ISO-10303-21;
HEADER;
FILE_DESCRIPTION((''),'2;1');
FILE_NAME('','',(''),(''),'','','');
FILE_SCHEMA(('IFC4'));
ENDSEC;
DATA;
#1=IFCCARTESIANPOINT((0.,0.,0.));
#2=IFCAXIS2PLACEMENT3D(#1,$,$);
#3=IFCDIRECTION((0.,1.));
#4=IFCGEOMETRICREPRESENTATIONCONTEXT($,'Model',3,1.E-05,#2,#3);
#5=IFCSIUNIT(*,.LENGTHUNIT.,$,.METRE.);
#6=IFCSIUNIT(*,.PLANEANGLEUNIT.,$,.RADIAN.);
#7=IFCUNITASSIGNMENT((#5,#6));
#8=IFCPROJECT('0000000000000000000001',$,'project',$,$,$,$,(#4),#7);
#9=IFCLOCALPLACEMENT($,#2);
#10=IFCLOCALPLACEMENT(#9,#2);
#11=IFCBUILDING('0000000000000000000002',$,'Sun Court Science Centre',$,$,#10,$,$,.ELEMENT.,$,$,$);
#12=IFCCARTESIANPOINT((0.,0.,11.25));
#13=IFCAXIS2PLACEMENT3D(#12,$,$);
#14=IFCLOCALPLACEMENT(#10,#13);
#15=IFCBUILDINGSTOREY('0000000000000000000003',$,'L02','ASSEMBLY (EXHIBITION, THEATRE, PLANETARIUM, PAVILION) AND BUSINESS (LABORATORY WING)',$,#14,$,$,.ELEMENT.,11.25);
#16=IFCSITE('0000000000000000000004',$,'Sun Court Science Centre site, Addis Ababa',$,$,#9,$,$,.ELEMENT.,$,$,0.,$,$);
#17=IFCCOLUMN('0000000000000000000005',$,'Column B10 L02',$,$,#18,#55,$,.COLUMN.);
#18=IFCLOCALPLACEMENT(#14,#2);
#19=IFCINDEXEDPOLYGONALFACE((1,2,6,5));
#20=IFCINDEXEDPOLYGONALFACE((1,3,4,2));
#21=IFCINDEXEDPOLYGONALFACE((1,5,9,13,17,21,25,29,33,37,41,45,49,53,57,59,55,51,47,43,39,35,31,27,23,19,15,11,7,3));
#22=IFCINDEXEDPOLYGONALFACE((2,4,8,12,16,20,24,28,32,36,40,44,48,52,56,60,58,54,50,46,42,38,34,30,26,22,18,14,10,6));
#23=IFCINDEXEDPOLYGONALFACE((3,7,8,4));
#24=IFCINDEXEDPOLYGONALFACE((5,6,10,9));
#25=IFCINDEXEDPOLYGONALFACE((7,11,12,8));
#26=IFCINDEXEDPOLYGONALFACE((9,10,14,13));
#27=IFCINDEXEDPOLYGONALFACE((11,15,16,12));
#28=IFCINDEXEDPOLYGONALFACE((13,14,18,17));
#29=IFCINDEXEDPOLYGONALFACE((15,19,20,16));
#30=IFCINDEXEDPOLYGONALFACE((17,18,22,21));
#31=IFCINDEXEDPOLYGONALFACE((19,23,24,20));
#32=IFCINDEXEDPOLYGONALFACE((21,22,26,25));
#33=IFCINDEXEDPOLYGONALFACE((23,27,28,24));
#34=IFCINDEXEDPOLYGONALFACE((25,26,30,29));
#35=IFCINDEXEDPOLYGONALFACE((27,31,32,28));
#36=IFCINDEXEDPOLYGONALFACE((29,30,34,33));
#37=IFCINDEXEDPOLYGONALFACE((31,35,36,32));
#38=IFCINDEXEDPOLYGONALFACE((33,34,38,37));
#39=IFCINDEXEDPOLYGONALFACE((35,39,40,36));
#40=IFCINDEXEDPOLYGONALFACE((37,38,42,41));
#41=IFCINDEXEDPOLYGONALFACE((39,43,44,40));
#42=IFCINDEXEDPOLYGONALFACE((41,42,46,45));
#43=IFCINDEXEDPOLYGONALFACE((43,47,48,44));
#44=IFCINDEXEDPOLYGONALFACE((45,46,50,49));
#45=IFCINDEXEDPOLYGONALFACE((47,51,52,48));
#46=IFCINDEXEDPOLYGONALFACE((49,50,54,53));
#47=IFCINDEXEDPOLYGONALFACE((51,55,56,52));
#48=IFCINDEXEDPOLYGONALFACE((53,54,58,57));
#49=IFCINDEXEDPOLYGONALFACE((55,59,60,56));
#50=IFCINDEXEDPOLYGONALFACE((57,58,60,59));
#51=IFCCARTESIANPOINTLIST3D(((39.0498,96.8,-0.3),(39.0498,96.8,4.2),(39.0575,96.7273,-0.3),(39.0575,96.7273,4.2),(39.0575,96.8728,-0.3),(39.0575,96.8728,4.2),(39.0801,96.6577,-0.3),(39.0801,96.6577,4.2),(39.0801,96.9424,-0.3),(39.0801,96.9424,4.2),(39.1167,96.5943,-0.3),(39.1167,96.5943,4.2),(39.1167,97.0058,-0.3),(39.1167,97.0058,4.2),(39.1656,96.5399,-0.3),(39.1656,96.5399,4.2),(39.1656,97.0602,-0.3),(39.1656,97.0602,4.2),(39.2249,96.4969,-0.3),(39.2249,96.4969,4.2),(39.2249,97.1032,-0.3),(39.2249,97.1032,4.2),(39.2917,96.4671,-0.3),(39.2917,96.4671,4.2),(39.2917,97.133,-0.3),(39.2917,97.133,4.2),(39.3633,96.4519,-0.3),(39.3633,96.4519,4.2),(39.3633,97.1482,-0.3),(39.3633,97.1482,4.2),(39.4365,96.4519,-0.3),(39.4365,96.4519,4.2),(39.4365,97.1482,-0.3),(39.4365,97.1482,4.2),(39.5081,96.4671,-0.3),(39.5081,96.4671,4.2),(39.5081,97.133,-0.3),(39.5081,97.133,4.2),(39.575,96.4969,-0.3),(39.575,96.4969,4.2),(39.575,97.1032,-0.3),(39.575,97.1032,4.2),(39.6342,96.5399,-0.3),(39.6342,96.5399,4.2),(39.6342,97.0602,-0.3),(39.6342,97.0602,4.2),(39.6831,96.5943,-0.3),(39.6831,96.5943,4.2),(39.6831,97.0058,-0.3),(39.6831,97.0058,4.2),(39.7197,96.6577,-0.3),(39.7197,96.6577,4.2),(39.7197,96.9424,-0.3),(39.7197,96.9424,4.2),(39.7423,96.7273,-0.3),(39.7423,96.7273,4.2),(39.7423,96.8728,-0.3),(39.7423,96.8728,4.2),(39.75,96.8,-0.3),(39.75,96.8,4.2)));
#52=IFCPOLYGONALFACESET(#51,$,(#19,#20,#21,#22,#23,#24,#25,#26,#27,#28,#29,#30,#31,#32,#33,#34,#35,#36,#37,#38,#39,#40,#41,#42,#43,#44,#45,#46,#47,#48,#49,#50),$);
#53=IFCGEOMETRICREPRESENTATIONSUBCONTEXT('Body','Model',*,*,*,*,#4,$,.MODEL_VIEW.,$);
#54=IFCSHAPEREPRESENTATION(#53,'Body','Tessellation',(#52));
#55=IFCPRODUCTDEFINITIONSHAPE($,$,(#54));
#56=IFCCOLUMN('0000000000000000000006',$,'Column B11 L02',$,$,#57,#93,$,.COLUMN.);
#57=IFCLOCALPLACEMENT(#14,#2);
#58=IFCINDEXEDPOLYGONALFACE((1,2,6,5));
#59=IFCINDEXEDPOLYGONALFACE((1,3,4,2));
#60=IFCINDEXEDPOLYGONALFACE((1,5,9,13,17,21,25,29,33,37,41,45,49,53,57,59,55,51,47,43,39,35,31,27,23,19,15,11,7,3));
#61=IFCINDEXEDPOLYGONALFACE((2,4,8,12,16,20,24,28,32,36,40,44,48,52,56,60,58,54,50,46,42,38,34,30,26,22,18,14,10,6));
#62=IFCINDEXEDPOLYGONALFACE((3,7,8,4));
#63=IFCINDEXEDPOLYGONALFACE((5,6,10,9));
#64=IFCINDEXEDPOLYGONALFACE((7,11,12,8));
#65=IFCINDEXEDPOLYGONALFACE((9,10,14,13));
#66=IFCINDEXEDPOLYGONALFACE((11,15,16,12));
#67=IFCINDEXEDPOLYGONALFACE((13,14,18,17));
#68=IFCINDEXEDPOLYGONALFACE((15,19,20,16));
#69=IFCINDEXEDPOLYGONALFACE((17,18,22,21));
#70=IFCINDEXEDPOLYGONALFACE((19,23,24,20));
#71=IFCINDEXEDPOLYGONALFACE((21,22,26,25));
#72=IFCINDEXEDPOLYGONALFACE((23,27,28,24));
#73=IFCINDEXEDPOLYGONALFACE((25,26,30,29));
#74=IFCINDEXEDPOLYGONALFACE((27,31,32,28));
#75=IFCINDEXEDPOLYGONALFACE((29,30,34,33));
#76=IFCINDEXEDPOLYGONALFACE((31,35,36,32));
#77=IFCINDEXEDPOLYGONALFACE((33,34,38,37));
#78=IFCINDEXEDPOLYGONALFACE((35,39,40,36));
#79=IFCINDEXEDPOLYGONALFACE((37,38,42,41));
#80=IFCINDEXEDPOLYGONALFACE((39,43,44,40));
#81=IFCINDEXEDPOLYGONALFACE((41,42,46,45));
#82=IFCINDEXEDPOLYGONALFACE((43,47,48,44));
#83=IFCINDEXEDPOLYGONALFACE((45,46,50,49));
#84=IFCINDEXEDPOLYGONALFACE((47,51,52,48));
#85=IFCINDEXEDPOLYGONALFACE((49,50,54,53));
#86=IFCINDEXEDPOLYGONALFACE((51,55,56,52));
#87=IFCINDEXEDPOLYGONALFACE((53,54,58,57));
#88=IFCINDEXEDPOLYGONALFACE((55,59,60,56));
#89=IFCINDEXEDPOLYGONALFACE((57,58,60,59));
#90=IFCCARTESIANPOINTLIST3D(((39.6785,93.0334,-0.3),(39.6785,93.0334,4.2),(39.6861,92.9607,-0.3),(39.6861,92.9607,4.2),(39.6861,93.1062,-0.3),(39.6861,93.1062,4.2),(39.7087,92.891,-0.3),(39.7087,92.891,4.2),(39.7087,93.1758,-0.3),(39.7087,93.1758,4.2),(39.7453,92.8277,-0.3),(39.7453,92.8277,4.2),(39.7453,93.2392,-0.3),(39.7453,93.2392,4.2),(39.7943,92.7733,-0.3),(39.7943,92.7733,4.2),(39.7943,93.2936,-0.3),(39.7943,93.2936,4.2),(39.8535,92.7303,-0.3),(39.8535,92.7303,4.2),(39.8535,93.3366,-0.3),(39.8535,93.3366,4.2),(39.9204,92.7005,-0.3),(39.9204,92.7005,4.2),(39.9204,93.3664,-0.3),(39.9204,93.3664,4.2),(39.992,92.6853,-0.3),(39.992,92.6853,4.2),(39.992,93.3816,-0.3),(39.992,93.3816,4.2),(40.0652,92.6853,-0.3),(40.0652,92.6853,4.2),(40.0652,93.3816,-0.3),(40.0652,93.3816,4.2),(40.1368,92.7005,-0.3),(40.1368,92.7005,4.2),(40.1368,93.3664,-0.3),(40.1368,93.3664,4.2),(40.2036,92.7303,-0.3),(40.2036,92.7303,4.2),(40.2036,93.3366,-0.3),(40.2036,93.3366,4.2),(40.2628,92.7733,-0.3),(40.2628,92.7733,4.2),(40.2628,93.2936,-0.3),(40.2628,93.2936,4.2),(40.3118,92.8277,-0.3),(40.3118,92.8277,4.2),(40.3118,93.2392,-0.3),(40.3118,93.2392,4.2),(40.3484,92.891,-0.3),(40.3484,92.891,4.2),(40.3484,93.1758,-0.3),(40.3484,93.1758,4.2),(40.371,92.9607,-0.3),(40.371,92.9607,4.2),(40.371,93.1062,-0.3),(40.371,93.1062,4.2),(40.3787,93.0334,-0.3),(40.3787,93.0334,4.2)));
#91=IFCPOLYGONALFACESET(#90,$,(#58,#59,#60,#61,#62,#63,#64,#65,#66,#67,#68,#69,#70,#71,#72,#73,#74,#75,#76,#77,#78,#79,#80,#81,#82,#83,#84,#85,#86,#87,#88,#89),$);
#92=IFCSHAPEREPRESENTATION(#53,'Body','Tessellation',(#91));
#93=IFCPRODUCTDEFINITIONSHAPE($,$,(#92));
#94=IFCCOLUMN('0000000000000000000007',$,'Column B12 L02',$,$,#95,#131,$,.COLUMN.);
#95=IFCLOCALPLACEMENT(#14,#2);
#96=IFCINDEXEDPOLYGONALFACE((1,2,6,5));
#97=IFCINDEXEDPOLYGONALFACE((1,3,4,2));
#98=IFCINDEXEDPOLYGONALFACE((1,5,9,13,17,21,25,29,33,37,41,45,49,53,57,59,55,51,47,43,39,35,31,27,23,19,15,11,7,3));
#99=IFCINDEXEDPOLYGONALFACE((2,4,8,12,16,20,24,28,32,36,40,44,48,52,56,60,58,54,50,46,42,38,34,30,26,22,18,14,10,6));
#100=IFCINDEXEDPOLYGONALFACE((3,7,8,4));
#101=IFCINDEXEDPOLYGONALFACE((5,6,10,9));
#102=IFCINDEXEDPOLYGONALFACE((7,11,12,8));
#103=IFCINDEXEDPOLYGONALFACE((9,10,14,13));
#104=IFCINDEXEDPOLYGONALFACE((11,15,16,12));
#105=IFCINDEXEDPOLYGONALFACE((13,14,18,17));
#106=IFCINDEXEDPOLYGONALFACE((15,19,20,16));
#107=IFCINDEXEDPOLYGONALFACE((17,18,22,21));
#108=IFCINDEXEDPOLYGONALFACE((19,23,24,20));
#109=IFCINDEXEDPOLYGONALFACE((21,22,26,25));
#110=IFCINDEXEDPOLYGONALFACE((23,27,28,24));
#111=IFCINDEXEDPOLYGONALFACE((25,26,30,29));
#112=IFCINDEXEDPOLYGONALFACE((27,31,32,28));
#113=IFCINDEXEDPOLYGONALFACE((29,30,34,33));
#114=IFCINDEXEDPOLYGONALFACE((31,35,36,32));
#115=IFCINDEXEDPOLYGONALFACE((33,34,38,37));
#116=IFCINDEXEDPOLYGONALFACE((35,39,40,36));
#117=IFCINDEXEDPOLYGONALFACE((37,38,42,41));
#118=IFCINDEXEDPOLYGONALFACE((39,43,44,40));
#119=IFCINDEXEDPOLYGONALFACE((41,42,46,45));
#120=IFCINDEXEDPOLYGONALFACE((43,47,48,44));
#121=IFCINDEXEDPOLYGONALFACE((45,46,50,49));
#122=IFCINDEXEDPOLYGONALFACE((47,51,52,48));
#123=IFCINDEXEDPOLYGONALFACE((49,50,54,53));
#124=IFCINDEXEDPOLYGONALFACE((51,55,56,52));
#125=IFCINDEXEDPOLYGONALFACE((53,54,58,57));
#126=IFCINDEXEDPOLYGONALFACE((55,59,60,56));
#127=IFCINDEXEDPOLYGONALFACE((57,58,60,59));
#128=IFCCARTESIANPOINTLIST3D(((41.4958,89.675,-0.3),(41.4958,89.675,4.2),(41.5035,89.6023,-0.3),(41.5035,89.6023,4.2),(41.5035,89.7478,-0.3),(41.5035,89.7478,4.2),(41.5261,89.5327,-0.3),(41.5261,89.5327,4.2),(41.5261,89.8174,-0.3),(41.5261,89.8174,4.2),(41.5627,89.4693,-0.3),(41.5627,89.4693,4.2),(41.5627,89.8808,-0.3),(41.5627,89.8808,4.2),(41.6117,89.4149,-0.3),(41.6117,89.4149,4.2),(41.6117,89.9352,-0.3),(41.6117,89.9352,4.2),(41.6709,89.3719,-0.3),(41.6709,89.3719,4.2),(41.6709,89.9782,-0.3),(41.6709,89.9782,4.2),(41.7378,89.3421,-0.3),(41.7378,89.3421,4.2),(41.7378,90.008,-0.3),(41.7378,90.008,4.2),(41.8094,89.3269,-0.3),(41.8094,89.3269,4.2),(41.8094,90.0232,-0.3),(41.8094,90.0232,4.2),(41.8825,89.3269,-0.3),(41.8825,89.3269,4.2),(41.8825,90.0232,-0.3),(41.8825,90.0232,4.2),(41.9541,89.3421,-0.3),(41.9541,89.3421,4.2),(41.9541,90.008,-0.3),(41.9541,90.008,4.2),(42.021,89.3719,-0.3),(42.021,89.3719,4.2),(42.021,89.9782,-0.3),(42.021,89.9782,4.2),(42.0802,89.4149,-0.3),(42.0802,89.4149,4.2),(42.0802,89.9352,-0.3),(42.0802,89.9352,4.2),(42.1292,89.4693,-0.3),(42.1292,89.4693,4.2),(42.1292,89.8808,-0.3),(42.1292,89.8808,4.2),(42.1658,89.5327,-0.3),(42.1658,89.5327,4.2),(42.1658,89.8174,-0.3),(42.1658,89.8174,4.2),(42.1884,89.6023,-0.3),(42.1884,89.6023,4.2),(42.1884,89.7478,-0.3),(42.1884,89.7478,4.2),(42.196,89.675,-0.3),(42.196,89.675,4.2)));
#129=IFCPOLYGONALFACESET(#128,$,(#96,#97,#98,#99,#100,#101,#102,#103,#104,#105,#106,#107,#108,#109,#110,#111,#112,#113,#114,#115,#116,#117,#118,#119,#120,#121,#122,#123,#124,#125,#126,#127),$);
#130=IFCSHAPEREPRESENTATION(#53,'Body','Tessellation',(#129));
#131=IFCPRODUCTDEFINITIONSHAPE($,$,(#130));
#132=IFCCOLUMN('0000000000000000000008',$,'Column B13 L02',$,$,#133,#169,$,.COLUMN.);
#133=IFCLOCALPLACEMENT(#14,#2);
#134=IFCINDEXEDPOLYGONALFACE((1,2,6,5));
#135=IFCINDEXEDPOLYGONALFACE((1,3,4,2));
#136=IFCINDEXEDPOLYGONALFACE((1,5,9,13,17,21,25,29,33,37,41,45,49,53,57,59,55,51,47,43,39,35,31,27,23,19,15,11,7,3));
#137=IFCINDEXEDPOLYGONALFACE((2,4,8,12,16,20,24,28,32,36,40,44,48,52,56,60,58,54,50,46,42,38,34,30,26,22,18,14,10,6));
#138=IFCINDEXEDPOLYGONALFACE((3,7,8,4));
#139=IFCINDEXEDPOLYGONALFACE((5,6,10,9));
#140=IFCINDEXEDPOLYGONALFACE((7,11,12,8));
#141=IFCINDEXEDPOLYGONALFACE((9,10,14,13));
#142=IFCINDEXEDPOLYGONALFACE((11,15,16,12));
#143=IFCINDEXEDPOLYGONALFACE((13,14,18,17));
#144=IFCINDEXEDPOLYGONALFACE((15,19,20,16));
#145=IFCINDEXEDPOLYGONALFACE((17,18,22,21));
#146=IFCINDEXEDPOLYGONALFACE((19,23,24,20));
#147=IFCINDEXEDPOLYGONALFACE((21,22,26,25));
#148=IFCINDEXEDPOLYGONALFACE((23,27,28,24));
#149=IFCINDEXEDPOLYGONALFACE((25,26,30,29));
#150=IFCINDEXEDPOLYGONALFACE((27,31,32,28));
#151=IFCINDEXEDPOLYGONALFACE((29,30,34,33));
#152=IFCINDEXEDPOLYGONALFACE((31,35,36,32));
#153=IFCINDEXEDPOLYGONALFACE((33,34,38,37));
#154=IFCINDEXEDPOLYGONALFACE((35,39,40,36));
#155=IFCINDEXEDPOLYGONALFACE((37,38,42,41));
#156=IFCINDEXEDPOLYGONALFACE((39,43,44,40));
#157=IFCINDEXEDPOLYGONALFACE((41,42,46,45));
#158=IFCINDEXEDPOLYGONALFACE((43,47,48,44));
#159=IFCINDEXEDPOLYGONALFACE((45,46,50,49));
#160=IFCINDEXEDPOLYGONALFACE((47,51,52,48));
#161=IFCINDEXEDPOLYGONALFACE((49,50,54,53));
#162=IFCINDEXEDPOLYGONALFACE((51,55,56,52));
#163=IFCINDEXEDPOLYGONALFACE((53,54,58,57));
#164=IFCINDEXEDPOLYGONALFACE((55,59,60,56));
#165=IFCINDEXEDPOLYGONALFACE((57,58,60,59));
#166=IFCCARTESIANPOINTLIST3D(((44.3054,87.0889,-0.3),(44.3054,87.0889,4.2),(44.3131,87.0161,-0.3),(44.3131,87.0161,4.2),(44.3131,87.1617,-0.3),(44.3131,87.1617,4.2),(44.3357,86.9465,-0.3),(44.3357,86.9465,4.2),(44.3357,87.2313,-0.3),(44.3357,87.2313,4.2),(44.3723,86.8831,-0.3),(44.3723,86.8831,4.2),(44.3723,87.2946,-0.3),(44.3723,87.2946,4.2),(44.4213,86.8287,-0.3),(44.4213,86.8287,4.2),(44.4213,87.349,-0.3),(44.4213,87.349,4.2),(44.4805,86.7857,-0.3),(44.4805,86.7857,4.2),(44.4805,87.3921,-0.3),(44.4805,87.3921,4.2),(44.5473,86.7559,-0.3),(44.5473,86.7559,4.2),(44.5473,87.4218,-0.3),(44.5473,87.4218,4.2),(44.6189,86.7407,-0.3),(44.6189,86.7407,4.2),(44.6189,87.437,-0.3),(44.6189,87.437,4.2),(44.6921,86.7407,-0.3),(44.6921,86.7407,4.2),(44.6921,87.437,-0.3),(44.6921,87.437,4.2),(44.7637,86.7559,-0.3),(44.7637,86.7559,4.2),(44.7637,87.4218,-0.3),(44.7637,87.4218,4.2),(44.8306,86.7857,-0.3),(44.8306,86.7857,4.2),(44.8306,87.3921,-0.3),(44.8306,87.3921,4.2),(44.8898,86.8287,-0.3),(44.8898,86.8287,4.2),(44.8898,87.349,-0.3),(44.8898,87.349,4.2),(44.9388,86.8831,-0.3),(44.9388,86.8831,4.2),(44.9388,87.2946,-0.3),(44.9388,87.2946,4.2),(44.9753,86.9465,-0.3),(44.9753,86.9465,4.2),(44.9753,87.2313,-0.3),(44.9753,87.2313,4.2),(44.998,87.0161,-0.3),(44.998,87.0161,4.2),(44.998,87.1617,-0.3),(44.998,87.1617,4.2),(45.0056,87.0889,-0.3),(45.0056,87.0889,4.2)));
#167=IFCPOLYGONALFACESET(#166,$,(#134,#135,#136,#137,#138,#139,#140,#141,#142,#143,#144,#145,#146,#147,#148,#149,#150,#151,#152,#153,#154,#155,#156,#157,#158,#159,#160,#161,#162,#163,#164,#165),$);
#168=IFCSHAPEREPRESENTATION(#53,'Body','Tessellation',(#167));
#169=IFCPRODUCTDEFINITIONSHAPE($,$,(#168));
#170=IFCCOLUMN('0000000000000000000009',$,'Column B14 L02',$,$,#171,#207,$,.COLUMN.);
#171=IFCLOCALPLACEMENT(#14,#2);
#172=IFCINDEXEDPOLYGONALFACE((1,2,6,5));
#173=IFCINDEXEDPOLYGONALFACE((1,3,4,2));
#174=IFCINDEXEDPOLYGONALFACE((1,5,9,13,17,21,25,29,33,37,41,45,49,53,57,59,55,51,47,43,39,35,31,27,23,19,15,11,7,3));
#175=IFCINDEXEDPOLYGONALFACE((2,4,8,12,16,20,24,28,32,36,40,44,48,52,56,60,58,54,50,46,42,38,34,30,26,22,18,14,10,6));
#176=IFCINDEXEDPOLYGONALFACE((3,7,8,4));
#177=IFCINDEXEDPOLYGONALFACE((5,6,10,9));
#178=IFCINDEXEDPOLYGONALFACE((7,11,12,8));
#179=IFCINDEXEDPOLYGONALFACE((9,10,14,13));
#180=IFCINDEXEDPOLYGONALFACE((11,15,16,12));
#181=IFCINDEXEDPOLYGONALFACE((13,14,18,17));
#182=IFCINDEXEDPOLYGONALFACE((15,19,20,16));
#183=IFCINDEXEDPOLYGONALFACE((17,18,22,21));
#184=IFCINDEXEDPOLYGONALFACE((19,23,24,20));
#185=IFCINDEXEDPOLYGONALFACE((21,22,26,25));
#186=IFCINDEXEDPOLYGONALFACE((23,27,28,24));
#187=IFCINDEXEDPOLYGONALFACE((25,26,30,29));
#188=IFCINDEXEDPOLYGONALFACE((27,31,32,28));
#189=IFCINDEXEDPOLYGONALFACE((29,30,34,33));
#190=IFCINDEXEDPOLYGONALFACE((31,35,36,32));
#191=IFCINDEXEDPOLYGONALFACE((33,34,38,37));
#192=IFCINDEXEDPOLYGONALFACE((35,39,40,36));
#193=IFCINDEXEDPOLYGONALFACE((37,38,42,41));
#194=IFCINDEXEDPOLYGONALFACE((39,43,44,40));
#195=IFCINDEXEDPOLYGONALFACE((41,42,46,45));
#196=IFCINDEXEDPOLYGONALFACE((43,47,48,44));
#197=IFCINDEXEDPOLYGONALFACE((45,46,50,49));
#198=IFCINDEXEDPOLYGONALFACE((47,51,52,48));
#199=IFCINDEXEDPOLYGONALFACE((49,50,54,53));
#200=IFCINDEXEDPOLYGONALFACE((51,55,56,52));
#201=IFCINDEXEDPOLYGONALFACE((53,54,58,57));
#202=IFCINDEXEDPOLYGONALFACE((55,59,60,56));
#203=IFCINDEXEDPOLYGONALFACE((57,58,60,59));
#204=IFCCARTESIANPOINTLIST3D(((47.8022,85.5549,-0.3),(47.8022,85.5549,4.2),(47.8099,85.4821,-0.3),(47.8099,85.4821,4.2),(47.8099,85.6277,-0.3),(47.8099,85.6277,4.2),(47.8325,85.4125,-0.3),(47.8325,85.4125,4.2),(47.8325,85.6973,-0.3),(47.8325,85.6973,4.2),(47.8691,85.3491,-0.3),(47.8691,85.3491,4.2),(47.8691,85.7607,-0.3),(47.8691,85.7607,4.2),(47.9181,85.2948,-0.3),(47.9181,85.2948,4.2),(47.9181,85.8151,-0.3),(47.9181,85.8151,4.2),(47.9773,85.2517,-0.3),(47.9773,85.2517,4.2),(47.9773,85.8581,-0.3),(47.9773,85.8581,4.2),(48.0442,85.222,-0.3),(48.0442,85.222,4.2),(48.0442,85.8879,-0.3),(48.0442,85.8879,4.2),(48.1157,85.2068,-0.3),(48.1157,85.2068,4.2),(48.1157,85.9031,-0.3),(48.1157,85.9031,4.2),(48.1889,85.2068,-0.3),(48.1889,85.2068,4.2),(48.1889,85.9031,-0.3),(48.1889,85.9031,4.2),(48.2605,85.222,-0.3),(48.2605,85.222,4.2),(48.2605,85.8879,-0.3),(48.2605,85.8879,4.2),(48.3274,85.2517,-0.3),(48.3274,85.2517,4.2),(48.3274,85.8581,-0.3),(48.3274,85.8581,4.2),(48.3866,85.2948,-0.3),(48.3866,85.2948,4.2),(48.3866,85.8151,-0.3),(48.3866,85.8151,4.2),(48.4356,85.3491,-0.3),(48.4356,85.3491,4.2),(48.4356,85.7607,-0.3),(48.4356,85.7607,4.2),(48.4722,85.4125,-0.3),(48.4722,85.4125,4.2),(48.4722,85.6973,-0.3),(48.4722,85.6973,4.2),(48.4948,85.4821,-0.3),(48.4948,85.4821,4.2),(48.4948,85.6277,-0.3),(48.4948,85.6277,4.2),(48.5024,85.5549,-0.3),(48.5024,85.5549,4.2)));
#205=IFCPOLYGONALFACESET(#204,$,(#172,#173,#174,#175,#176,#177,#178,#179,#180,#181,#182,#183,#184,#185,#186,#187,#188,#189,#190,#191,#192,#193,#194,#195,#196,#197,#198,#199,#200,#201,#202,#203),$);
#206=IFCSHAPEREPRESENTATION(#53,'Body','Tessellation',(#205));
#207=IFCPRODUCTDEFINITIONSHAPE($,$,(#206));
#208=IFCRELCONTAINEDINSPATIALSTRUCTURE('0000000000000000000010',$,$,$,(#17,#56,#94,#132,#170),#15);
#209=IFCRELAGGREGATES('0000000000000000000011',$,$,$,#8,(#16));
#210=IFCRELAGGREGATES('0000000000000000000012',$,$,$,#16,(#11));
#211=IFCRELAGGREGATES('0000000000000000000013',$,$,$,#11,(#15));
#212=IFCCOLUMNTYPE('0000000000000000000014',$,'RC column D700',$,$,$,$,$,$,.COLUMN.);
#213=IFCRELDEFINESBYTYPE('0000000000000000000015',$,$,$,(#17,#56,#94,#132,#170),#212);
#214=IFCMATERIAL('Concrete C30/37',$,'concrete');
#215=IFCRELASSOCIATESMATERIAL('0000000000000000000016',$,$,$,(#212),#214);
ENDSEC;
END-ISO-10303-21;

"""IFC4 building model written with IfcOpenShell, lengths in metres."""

from ifc_helpers import new_model, si_unit, direction, frame, origin, origin_2d, place, context, subcontext, project, spatial, circle, extrude, material, material_profile, profile_set, type_object, element, save


model = new_model("IFC4")

# Units and contexts
model_context = context("Model", 3, precision=1e-05, world=origin(), true_north=direction((0.0, 1.0)))
body_context = subcontext(model_context, "Body", "Model", "MODEL_VIEW")
ifc_project = project(units=[si_unit("LENGTHUNIT", "METRE"), si_unit("PLANEANGLEUNIT", "RADIAN")], contexts=[model_context])

# Site, building, storey
site_placement = place(None, origin())
site = spatial("IfcSite", under=ifc_project, at=site_placement, Name="Sun Court Science Centre site, Addis Ababa", CompositionType="ELEMENT", RefElevation=0.0)
building_placement = place(site_placement, origin())
building = spatial("IfcBuilding", under=site, at=building_placement, Name="Sun Court Science Centre", CompositionType="ELEMENT")
storey_placement = place(building_placement, frame((0.0, 0.0, 11.25)))
storey = spatial("IfcBuildingStorey", under=building, at=storey_placement, Name="L02", Description="ASSEMBLY (EXHIBITION, THEATRE, PLANETARIUM, PAVILION) AND BUSINESS (LABORATORY WING)", CompositionType="ELEMENT", Elevation=11.25)

# Columns
ifc_material_1 = material(Name="Concrete C30/37", Category="concrete")
ifc_material_profile_1 = material_profile(ifc_material_1, circle(Radius=0.3501, at=origin_2d()), Name="RC D700")
ifc_profile_set_1 = profile_set([ifc_material_profile_1], Name="Concrete C30/37")
column_type = type_object("IfcColumnType", Name="RC column D700", PredefinedType="COLUMN", material=ifc_profile_set_1)
for number, where, z_axis, x_axis, name in (
    (1, (39.3999, 96.8, -0.3), (0.0, 0.0, 1.0), (1.0, 0.0, 0.0), "Column B10 L02"),
    (2, (40.0286, 93.0334, -0.3), (0.0, 0.0, 1.0), (1.0, 0.0, 0.0), "Column B11 L02"),
    (3, (41.8459, 89.675, -0.3), (0.0, 0.0, 1.0), (1.0, 0.0, 0.0), "Column B12 L02"),
    (4, (44.6555, 87.0889, -0.3), (0.0, 0.0, 1.0), (1.0, 0.0, 0.0), "Column B13 L02"),
    (5, (48.1523, 85.5549, -0.3), (0.0, 0.0, 1.0), (1.0, 0.0, 0.0), "Column B14 L02"),
):
    element("IfcColumn", number, at=place(storey_placement, frame(where, z_axis=z_axis, x_axis=x_axis)), inside=storey, type_object=column_type, Name=name, PredefinedType="COLUMN", context=body_context, shape_type="SweptSolid", body=[
        extrude(circle(Radius=0.3501, at=origin_2d()), origin(), (0.0, 0.0, 1.0), 4.5),
    ])

save(model, "model.ifc")
